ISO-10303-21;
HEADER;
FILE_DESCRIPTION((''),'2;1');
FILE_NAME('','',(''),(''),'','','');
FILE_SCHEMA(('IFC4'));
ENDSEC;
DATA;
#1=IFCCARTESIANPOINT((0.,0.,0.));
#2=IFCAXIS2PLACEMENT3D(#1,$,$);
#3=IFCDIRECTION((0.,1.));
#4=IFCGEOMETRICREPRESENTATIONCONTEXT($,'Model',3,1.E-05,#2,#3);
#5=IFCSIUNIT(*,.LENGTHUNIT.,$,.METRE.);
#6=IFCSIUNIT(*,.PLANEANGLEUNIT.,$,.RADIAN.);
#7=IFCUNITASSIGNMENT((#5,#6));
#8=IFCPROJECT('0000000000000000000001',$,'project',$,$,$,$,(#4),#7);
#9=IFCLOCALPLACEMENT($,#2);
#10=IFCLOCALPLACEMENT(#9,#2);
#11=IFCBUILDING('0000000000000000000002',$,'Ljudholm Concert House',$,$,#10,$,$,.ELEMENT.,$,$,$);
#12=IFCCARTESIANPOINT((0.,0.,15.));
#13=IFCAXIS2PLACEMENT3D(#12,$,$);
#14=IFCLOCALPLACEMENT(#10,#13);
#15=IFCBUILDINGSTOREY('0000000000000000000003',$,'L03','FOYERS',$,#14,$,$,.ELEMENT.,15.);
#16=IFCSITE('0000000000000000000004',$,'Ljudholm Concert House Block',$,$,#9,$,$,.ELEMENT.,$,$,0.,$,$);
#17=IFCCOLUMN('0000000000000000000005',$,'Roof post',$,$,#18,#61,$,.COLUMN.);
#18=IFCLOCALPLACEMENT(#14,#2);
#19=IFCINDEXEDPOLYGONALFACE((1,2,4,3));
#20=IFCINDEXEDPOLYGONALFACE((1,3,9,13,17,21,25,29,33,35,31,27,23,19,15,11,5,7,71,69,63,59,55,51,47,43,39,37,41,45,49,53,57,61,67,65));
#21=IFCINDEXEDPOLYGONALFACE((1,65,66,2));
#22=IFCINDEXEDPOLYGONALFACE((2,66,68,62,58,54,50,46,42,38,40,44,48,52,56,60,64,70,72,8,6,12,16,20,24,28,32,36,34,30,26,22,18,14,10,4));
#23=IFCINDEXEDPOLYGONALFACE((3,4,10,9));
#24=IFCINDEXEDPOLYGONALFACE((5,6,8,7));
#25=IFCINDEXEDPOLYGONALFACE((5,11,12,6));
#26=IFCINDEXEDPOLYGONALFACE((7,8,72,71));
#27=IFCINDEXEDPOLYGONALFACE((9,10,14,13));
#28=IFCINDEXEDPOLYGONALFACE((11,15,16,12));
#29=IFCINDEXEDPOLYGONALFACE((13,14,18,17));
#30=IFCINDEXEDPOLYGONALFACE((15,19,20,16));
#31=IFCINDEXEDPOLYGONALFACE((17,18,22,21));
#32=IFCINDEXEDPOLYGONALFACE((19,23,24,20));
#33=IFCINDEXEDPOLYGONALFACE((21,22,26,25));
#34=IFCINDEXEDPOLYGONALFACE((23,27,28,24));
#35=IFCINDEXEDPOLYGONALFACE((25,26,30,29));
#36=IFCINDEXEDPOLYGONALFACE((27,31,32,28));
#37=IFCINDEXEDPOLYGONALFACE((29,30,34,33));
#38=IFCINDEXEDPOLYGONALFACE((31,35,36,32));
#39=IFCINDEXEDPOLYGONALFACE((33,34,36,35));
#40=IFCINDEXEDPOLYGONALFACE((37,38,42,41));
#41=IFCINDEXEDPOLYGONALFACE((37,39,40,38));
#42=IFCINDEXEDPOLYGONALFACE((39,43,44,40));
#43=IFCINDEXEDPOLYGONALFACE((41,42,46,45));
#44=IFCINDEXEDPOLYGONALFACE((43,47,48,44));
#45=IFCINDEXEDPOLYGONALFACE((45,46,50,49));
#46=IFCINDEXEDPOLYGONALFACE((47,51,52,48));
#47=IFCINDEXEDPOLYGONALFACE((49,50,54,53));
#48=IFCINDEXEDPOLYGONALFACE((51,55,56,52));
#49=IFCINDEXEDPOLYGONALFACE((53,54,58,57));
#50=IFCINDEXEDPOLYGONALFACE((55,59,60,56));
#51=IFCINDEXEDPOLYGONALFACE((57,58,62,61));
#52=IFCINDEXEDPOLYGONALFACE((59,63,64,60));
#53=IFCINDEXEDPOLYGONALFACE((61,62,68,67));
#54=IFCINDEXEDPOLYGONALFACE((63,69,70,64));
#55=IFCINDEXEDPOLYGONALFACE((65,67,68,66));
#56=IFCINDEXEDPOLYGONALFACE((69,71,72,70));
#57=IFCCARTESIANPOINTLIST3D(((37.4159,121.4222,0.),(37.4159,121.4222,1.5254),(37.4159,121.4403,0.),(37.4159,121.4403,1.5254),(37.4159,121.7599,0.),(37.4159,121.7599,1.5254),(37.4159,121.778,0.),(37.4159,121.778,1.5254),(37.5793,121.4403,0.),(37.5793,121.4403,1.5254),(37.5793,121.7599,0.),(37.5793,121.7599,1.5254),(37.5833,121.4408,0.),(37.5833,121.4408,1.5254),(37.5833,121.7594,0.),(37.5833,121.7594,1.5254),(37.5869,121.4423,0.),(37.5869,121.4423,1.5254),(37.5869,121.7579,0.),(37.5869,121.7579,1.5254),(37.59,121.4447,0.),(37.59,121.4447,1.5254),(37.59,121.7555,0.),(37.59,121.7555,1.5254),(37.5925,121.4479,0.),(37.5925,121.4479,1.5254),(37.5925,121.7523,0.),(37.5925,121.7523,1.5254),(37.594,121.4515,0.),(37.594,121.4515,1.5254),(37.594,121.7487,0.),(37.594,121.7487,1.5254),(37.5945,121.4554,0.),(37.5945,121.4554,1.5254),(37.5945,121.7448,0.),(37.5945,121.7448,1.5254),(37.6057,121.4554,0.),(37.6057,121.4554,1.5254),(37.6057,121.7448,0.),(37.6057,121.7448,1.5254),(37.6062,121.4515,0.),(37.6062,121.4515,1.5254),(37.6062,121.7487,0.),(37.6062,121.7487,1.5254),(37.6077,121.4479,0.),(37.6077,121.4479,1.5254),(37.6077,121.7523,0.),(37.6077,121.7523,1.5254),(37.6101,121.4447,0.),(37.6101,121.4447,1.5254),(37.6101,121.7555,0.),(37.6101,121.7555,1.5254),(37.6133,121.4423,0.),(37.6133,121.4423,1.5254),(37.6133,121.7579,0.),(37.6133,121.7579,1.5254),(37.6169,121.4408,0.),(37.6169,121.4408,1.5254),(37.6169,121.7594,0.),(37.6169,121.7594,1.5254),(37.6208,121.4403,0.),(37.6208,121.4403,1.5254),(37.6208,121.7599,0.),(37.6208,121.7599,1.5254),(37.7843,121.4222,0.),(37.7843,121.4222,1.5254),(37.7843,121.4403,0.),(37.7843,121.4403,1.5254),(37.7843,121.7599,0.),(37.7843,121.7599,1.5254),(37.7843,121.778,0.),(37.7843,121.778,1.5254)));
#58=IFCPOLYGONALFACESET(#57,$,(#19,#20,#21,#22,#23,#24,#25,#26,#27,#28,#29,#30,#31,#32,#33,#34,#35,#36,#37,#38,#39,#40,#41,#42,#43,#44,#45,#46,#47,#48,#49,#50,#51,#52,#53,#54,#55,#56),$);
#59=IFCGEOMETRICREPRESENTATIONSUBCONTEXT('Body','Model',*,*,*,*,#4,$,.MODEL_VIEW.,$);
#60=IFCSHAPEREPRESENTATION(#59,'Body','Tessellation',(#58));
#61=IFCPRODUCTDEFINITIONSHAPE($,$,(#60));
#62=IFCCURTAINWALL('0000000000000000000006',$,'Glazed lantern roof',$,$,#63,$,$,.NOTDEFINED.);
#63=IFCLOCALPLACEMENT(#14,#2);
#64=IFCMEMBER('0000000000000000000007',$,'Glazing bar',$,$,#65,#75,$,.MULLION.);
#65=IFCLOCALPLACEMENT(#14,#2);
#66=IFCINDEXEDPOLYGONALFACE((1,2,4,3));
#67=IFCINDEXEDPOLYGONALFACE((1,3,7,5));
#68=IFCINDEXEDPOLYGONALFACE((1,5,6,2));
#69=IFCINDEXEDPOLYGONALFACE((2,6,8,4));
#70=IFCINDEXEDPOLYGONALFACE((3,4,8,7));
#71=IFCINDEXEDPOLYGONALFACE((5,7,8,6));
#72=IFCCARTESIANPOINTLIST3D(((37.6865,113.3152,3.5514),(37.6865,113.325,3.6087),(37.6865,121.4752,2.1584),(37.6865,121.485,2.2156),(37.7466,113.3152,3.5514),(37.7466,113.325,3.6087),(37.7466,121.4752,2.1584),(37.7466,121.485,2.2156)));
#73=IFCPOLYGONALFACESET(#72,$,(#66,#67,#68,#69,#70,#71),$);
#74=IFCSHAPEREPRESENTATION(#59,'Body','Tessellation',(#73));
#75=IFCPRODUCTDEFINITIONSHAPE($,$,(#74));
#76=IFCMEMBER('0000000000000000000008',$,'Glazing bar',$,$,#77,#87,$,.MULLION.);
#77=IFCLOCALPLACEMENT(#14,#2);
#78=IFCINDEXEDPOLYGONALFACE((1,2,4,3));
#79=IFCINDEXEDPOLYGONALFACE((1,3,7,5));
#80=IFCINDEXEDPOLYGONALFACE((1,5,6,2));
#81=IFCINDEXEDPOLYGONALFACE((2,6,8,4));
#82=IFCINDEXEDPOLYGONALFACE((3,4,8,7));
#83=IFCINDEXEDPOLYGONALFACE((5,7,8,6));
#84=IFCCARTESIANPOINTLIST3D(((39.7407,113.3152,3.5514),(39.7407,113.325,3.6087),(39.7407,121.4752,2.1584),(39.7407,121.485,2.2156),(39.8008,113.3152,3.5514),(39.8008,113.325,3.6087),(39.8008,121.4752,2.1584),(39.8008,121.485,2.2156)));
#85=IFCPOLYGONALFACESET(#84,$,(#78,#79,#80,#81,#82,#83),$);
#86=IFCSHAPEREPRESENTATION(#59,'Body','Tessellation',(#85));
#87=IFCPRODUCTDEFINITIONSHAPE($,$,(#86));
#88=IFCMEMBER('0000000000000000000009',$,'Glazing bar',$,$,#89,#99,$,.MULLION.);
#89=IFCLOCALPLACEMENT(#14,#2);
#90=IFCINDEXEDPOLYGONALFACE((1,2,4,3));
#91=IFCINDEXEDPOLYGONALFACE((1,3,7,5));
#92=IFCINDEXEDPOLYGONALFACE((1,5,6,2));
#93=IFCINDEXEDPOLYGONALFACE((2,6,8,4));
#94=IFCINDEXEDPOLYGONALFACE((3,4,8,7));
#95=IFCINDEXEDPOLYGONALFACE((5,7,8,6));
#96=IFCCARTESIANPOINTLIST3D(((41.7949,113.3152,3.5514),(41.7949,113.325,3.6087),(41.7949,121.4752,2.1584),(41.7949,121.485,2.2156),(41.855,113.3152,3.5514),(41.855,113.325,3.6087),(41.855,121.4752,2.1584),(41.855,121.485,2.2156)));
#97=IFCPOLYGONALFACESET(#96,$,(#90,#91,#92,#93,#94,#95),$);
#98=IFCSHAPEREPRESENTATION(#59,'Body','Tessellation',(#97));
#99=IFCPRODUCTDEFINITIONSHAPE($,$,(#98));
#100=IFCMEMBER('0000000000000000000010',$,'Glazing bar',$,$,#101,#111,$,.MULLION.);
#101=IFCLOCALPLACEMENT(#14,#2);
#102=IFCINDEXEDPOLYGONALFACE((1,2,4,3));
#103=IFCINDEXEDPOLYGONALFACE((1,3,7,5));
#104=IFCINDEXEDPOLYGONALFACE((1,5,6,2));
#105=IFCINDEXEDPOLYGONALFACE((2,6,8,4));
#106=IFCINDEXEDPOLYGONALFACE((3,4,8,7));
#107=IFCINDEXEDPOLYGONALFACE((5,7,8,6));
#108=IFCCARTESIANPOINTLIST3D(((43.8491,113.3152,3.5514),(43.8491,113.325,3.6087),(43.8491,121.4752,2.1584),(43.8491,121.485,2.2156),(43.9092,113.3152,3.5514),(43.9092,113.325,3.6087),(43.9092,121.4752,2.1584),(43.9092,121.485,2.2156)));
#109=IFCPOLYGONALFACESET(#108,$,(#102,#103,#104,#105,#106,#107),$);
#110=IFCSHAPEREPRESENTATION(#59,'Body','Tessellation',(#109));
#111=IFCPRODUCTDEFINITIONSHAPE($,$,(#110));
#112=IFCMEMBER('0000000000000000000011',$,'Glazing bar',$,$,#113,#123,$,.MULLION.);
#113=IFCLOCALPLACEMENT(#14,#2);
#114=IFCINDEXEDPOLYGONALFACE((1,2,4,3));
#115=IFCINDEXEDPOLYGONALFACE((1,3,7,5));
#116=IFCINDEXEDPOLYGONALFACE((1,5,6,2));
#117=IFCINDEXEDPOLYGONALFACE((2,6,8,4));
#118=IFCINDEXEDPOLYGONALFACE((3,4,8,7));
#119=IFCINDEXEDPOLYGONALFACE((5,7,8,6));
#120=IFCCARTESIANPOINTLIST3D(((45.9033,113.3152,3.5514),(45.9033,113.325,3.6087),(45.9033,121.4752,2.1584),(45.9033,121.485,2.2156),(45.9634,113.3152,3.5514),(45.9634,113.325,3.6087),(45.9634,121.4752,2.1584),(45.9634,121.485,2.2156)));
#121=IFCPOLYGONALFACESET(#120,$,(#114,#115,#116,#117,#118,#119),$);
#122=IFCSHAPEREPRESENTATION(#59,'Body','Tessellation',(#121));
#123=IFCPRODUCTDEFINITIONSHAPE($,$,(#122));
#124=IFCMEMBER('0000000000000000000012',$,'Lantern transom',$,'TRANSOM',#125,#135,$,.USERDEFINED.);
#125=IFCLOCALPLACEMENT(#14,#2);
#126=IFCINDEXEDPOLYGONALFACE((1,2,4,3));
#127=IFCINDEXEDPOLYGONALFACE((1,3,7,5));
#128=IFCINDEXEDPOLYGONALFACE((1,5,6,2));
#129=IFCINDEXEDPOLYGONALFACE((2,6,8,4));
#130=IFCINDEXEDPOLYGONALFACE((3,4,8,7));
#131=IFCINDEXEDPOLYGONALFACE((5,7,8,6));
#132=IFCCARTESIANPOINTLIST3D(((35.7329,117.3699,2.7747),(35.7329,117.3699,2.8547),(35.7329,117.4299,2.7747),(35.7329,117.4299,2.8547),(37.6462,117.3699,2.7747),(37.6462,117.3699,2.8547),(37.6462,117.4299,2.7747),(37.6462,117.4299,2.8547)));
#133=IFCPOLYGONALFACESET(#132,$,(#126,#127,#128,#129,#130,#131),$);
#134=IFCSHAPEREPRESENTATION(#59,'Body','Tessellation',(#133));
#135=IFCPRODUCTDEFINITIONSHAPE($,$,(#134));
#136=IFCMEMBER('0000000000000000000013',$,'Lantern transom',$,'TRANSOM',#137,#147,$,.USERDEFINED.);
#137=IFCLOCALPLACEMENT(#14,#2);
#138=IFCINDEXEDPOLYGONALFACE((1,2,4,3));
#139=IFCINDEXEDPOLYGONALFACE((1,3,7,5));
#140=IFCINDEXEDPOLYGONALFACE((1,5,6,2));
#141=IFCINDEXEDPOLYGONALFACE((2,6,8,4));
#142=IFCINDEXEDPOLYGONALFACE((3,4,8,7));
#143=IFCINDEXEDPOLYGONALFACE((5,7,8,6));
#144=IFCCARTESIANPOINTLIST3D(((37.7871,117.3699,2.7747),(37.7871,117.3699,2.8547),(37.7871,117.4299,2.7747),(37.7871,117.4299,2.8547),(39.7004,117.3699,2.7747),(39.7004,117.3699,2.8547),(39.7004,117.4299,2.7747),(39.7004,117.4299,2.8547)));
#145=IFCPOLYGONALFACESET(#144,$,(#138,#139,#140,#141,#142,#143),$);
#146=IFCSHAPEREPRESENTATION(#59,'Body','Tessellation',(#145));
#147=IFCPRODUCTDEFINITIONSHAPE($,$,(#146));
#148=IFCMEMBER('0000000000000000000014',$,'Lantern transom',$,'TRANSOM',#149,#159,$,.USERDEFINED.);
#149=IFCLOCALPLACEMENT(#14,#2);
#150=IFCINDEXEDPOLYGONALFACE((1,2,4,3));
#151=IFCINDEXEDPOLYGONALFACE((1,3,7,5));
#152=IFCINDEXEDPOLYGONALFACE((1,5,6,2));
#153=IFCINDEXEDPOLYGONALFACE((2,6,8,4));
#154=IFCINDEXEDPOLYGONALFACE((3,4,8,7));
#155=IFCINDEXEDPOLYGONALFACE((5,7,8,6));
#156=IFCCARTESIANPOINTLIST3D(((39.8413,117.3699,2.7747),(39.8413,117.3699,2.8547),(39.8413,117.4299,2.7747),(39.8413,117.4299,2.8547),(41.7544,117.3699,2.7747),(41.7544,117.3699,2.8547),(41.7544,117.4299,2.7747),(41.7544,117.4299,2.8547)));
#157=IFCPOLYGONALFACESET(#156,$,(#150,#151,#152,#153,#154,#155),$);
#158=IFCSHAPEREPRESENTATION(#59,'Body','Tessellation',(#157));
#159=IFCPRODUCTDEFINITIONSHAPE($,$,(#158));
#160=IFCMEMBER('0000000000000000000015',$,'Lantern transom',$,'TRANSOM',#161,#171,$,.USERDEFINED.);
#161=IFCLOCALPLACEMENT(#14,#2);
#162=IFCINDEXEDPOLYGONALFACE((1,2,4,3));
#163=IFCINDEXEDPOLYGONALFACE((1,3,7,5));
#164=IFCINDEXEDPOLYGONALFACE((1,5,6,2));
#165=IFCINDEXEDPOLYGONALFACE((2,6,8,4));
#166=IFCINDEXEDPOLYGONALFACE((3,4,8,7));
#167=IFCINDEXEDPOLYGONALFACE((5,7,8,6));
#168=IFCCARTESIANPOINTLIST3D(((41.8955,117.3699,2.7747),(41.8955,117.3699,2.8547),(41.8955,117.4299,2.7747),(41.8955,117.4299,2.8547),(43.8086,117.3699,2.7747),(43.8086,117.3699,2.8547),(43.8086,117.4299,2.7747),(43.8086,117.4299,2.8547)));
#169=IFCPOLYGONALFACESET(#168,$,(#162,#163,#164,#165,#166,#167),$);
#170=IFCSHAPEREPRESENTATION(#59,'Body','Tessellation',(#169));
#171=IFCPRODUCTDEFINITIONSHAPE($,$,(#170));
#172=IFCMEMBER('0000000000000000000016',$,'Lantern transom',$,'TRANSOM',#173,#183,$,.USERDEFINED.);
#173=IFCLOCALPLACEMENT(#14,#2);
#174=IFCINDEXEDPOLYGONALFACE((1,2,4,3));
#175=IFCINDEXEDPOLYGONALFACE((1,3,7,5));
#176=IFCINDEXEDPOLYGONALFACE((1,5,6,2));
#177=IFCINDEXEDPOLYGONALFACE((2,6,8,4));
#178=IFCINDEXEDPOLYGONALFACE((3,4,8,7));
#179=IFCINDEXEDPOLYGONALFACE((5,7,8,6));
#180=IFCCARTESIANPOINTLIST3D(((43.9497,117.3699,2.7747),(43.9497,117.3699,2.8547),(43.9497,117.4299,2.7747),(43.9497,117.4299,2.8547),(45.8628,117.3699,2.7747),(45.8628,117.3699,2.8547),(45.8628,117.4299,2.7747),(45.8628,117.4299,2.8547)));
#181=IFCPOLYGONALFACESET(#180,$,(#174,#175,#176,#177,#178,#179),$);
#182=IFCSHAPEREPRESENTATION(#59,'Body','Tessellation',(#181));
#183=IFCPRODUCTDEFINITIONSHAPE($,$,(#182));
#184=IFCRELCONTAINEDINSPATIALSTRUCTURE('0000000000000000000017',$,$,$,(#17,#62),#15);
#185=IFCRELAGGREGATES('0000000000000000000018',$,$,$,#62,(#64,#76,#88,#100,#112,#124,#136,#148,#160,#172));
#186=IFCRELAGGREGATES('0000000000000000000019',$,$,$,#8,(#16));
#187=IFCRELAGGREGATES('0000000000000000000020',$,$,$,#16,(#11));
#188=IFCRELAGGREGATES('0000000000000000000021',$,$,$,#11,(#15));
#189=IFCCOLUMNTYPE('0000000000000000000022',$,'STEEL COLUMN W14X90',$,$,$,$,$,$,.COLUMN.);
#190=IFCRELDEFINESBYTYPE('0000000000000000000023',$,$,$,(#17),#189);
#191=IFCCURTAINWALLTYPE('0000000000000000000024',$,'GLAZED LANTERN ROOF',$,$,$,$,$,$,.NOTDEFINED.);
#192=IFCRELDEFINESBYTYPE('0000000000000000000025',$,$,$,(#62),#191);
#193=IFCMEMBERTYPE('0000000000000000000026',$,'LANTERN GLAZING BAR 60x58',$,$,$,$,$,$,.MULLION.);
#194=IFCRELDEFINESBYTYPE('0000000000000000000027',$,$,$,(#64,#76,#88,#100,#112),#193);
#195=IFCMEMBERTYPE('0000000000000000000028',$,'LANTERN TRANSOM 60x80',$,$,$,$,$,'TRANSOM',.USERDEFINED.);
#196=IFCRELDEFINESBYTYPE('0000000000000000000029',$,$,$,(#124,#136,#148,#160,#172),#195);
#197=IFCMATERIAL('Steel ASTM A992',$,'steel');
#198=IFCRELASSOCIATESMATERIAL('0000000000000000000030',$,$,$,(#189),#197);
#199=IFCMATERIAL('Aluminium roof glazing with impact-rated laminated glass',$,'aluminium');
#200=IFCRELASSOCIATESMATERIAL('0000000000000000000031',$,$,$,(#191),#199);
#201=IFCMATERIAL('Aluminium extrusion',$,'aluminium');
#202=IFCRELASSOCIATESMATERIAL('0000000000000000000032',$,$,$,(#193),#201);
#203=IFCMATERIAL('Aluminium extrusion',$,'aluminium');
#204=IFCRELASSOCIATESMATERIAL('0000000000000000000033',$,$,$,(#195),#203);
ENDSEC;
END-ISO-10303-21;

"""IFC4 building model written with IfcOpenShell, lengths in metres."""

from ifc_helpers import new_model, si_unit, direction, frame, origin, origin_2d, place, context, subcontext, project, spatial, rectangle, i_section, extrude, material, material_profile, profile_set, type_object, element, aggregate, save


model = new_model("IFC4")

# Units and contexts
model_context = context("Model", 3, precision=1e-05, world=origin(), true_north=direction((0.0, 1.0)))
body_context = subcontext(model_context, "Body", "Model", "MODEL_VIEW")
ifc_project = project(units=[si_unit("LENGTHUNIT", "METRE"), si_unit("PLANEANGLEUNIT", "RADIAN")], contexts=[model_context])

# Site, building, storey
site_placement = place(None, origin())
site = spatial("IfcSite", under=ifc_project, at=site_placement, Name="Ljudholm Concert House Block", CompositionType="ELEMENT", RefElevation=0.0)
building_placement = place(site_placement, origin())
building = spatial("IfcBuilding", under=site, at=building_placement, Name="Ljudholm Concert House", CompositionType="ELEMENT")
storey_placement = place(building_placement, frame((0.0, 0.0, 15.0)))
storey = spatial("IfcBuildingStorey", under=building, at=storey_placement, Name="L03", Description="FOYERS", CompositionType="ELEMENT", Elevation=15.0)

# Column
ifc_material_1 = material(Name="Steel ASTM A992", Category="steel")
ifc_material_profile_1 = material_profile(ifc_material_1, i_section(OverallWidth=0.3684, OverallDepth=0.3557, WebThickness=0.0112, FlangeThickness=0.0181, FilletRadius=0.0151, at=origin_2d()), Name="W14X90")
ifc_profile_set_1 = profile_set([ifc_material_profile_1], Name="Steel ASTM A992")
column_type = type_object("IfcColumnType", Name="STEEL COLUMN W14X90", PredefinedType="COLUMN", material=ifc_profile_set_1)
column_placement = place(storey_placement, frame((37.6001, 121.6001, 0.0), z_axis=(0.0, 0.0, 1.0), x_axis=(1.0, 0.0, 0.0)))
element("IfcColumn", 1, at=column_placement, inside=storey, type_object=column_type, Name="Roof post", PredefinedType="COLUMN", context=body_context, shape_type="SweptSolid", body=[
    extrude(i_section(OverallWidth=0.3684, OverallDepth=0.3557, WebThickness=0.0112, FlangeThickness=0.0181, FilletRadius=0.0151, at=origin_2d()), origin(), (0.0, 0.0, 1.0), 1.5254),
])

# Curtain wall, members
ifc_material_2 = material(Name="Aluminium roof glazing with impact-rated laminated glass", Category="aluminium")
curtain_wall_type = type_object("IfcCurtainWallType", Name="GLAZED LANTERN ROOF", PredefinedType="NOTDEFINED", material=ifc_material_2)
curtain_wall_placement = place(storey_placement, origin())
curtain_wall = element("IfcCurtainWall", 2, at=curtain_wall_placement, inside=storey, type_object=curtain_wall_type, Name="Glazed lantern roof", PredefinedType="NOTDEFINED")
ifc_material_3 = material(Name="Aluminium extrusion", Category="aluminium")
ifc_material_profile_2 = material_profile(ifc_material_3, rectangle(XDim=0.0601, YDim=0.0581, at=origin_2d()), Name="LANTERN GLAZING BAR 60x58")
ifc_profile_set_2 = profile_set([ifc_material_profile_2], Name="Aluminium extrusion")
member_type_1 = type_object("IfcMemberType", Name="LANTERN GLAZING BAR 60x58", PredefinedType="MULLION", material=ifc_profile_set_2)
member_1_placement = place(storey_placement, frame((37.7166, 113.3201, 3.5801), z_axis=(0.0, 0.985738, -0.168286), x_axis=(-1.0, 0.0, 0.0)))
member_1 = element("IfcMember", 3, at=member_1_placement, type_object=member_type_1, Name="Glazing bar", PredefinedType="MULLION", context=body_context, shape_type="SweptSolid", body=[
    extrude(rectangle(XDim=0.0601, YDim=0.0581, at=origin_2d()), origin(), (0.0, 0.0, 1.0), 8.2781),
])
member_2_placement = place(storey_placement, frame((39.7708, 113.3201, 3.5801), z_axis=(0.0, 0.985738, -0.168286), x_axis=(-1.0, 0.0, 0.0)))
member_2 = element("IfcMember", 4, at=member_2_placement, type_object=member_type_1, Name="Glazing bar", PredefinedType="MULLION", context=body_context, shape_type="SweptSolid", body=[
    extrude(rectangle(XDim=0.0601, YDim=0.0581, at=origin_2d()), origin(), (0.0, 0.0, 1.0), 8.2781),
])
member_3_placement = place(storey_placement, frame((41.825, 113.3201, 3.5801), z_axis=(0.0, 0.985738, -0.168286), x_axis=(-1.0, 0.0, 0.0)))
member_3 = element("IfcMember", 5, at=member_3_placement, type_object=member_type_1, Name="Glazing bar", PredefinedType="MULLION", context=body_context, shape_type="SweptSolid", body=[
    extrude(rectangle(XDim=0.0601, YDim=0.0581, at=origin_2d()), origin(), (0.0, 0.0, 1.0), 8.2781),
])
member_4_placement = place(storey_placement, frame((43.8792, 113.3201, 3.5801), z_axis=(0.0, 0.985738, -0.168286), x_axis=(-1.0, 0.0, 0.0)))
member_4 = element("IfcMember", 6, at=member_4_placement, type_object=member_type_1, Name="Glazing bar", PredefinedType="MULLION", context=body_context, shape_type="SweptSolid", body=[
    extrude(rectangle(XDim=0.0601, YDim=0.0581, at=origin_2d()), origin(), (0.0, 0.0, 1.0), 8.2781),
])
member_5_placement = place(storey_placement, frame((45.9333, 113.3201, 3.5801), z_axis=(0.0, 0.985738, -0.168286), x_axis=(-1.0, 0.0, 0.0)))
member_5 = element("IfcMember", 7, at=member_5_placement, type_object=member_type_1, Name="Glazing bar", PredefinedType="MULLION", context=body_context, shape_type="SweptSolid", body=[
    extrude(rectangle(XDim=0.0601, YDim=0.0581, at=origin_2d()), origin(), (0.0, 0.0, 1.0), 8.2781),
])
ifc_material_4 = material(Name="Aluminium extrusion", Category="aluminium")
ifc_material_profile_3 = material_profile(ifc_material_4, rectangle(XDim=0.0601, YDim=0.0801, at=origin_2d()), Name="LANTERN TRANSOM 60x80")
ifc_profile_set_3 = profile_set([ifc_material_profile_3], Name="Aluminium extrusion")
member_type_2 = type_object("IfcMemberType", Name="LANTERN TRANSOM 60x80", ElementType="TRANSOM", PredefinedType="USERDEFINED", material=ifc_profile_set_3)
member_6_placement = place(storey_placement, frame((35.7329, 117.3999, 2.8147), z_axis=(1.0, 0.0, 0.0), x_axis=(0.0, 1.0, 0.0)))
member_6 = element("IfcMember", 8, at=member_6_placement, type_object=member_type_2, Name="Lantern transom", ObjectType="TRANSOM", PredefinedType="USERDEFINED", context=body_context, shape_type="SweptSolid", body=[
    extrude(rectangle(XDim=0.0601, YDim=0.0801, at=origin_2d()), origin(), (0.0, 0.0, 1.0), 1.9133),
])
member_7_placement = place(storey_placement, frame((37.7871, 117.3999, 2.8147), z_axis=(1.0, 0.0, 0.0), x_axis=(0.0, 1.0, 0.0)))
member_7 = element("IfcMember", 9, at=member_7_placement, type_object=member_type_2, Name="Lantern transom", ObjectType="TRANSOM", PredefinedType="USERDEFINED", context=body_context, shape_type="SweptSolid", body=[
    extrude(rectangle(XDim=0.0601, YDim=0.0801, at=origin_2d()), origin(), (0.0, 0.0, 1.0), 1.9133),
])
member_8_placement = place(storey_placement, frame((39.8413, 117.3999, 2.8147), z_axis=(1.0, 0.0, 0.0), x_axis=(0.0, 1.0, 0.0)))
member_8 = element("IfcMember", 10, at=member_8_placement, type_object=member_type_2, Name="Lantern transom", ObjectType="TRANSOM", PredefinedType="USERDEFINED", context=body_context, shape_type="SweptSolid", body=[
    extrude(rectangle(XDim=0.0601, YDim=0.0801, at=origin_2d()), origin(), (0.0, 0.0, 1.0), 1.9131),
])
member_9_placement = place(storey_placement, frame((41.8955, 117.3999, 2.8147), z_axis=(1.0, 0.0, 0.0), x_axis=(0.0, 1.0, 0.0)))
member_9 = element("IfcMember", 11, at=member_9_placement, type_object=member_type_2, Name="Lantern transom", ObjectType="TRANSOM", PredefinedType="USERDEFINED", context=body_context, shape_type="SweptSolid", body=[
    extrude(rectangle(XDim=0.0601, YDim=0.0801, at=origin_2d()), origin(), (0.0, 0.0, 1.0), 1.9131),
])
member_10_placement = place(storey_placement, frame((43.9497, 117.3999, 2.8147), z_axis=(1.0, 0.0, 0.0), x_axis=(0.0, 1.0, 0.0)))
member_10 = element("IfcMember", 12, at=member_10_placement, type_object=member_type_2, Name="Lantern transom", ObjectType="TRANSOM", PredefinedType="USERDEFINED", context=body_context, shape_type="SweptSolid", body=[
    extrude(rectangle(XDim=0.0601, YDim=0.0801, at=origin_2d()), origin(), (0.0, 0.0, 1.0), 1.9131),
])

aggregate(curtain_wall, [member_1, member_2, member_3, member_4, member_5, member_6, member_7, member_8, member_9, member_10])

save(model, "model.ifc")
